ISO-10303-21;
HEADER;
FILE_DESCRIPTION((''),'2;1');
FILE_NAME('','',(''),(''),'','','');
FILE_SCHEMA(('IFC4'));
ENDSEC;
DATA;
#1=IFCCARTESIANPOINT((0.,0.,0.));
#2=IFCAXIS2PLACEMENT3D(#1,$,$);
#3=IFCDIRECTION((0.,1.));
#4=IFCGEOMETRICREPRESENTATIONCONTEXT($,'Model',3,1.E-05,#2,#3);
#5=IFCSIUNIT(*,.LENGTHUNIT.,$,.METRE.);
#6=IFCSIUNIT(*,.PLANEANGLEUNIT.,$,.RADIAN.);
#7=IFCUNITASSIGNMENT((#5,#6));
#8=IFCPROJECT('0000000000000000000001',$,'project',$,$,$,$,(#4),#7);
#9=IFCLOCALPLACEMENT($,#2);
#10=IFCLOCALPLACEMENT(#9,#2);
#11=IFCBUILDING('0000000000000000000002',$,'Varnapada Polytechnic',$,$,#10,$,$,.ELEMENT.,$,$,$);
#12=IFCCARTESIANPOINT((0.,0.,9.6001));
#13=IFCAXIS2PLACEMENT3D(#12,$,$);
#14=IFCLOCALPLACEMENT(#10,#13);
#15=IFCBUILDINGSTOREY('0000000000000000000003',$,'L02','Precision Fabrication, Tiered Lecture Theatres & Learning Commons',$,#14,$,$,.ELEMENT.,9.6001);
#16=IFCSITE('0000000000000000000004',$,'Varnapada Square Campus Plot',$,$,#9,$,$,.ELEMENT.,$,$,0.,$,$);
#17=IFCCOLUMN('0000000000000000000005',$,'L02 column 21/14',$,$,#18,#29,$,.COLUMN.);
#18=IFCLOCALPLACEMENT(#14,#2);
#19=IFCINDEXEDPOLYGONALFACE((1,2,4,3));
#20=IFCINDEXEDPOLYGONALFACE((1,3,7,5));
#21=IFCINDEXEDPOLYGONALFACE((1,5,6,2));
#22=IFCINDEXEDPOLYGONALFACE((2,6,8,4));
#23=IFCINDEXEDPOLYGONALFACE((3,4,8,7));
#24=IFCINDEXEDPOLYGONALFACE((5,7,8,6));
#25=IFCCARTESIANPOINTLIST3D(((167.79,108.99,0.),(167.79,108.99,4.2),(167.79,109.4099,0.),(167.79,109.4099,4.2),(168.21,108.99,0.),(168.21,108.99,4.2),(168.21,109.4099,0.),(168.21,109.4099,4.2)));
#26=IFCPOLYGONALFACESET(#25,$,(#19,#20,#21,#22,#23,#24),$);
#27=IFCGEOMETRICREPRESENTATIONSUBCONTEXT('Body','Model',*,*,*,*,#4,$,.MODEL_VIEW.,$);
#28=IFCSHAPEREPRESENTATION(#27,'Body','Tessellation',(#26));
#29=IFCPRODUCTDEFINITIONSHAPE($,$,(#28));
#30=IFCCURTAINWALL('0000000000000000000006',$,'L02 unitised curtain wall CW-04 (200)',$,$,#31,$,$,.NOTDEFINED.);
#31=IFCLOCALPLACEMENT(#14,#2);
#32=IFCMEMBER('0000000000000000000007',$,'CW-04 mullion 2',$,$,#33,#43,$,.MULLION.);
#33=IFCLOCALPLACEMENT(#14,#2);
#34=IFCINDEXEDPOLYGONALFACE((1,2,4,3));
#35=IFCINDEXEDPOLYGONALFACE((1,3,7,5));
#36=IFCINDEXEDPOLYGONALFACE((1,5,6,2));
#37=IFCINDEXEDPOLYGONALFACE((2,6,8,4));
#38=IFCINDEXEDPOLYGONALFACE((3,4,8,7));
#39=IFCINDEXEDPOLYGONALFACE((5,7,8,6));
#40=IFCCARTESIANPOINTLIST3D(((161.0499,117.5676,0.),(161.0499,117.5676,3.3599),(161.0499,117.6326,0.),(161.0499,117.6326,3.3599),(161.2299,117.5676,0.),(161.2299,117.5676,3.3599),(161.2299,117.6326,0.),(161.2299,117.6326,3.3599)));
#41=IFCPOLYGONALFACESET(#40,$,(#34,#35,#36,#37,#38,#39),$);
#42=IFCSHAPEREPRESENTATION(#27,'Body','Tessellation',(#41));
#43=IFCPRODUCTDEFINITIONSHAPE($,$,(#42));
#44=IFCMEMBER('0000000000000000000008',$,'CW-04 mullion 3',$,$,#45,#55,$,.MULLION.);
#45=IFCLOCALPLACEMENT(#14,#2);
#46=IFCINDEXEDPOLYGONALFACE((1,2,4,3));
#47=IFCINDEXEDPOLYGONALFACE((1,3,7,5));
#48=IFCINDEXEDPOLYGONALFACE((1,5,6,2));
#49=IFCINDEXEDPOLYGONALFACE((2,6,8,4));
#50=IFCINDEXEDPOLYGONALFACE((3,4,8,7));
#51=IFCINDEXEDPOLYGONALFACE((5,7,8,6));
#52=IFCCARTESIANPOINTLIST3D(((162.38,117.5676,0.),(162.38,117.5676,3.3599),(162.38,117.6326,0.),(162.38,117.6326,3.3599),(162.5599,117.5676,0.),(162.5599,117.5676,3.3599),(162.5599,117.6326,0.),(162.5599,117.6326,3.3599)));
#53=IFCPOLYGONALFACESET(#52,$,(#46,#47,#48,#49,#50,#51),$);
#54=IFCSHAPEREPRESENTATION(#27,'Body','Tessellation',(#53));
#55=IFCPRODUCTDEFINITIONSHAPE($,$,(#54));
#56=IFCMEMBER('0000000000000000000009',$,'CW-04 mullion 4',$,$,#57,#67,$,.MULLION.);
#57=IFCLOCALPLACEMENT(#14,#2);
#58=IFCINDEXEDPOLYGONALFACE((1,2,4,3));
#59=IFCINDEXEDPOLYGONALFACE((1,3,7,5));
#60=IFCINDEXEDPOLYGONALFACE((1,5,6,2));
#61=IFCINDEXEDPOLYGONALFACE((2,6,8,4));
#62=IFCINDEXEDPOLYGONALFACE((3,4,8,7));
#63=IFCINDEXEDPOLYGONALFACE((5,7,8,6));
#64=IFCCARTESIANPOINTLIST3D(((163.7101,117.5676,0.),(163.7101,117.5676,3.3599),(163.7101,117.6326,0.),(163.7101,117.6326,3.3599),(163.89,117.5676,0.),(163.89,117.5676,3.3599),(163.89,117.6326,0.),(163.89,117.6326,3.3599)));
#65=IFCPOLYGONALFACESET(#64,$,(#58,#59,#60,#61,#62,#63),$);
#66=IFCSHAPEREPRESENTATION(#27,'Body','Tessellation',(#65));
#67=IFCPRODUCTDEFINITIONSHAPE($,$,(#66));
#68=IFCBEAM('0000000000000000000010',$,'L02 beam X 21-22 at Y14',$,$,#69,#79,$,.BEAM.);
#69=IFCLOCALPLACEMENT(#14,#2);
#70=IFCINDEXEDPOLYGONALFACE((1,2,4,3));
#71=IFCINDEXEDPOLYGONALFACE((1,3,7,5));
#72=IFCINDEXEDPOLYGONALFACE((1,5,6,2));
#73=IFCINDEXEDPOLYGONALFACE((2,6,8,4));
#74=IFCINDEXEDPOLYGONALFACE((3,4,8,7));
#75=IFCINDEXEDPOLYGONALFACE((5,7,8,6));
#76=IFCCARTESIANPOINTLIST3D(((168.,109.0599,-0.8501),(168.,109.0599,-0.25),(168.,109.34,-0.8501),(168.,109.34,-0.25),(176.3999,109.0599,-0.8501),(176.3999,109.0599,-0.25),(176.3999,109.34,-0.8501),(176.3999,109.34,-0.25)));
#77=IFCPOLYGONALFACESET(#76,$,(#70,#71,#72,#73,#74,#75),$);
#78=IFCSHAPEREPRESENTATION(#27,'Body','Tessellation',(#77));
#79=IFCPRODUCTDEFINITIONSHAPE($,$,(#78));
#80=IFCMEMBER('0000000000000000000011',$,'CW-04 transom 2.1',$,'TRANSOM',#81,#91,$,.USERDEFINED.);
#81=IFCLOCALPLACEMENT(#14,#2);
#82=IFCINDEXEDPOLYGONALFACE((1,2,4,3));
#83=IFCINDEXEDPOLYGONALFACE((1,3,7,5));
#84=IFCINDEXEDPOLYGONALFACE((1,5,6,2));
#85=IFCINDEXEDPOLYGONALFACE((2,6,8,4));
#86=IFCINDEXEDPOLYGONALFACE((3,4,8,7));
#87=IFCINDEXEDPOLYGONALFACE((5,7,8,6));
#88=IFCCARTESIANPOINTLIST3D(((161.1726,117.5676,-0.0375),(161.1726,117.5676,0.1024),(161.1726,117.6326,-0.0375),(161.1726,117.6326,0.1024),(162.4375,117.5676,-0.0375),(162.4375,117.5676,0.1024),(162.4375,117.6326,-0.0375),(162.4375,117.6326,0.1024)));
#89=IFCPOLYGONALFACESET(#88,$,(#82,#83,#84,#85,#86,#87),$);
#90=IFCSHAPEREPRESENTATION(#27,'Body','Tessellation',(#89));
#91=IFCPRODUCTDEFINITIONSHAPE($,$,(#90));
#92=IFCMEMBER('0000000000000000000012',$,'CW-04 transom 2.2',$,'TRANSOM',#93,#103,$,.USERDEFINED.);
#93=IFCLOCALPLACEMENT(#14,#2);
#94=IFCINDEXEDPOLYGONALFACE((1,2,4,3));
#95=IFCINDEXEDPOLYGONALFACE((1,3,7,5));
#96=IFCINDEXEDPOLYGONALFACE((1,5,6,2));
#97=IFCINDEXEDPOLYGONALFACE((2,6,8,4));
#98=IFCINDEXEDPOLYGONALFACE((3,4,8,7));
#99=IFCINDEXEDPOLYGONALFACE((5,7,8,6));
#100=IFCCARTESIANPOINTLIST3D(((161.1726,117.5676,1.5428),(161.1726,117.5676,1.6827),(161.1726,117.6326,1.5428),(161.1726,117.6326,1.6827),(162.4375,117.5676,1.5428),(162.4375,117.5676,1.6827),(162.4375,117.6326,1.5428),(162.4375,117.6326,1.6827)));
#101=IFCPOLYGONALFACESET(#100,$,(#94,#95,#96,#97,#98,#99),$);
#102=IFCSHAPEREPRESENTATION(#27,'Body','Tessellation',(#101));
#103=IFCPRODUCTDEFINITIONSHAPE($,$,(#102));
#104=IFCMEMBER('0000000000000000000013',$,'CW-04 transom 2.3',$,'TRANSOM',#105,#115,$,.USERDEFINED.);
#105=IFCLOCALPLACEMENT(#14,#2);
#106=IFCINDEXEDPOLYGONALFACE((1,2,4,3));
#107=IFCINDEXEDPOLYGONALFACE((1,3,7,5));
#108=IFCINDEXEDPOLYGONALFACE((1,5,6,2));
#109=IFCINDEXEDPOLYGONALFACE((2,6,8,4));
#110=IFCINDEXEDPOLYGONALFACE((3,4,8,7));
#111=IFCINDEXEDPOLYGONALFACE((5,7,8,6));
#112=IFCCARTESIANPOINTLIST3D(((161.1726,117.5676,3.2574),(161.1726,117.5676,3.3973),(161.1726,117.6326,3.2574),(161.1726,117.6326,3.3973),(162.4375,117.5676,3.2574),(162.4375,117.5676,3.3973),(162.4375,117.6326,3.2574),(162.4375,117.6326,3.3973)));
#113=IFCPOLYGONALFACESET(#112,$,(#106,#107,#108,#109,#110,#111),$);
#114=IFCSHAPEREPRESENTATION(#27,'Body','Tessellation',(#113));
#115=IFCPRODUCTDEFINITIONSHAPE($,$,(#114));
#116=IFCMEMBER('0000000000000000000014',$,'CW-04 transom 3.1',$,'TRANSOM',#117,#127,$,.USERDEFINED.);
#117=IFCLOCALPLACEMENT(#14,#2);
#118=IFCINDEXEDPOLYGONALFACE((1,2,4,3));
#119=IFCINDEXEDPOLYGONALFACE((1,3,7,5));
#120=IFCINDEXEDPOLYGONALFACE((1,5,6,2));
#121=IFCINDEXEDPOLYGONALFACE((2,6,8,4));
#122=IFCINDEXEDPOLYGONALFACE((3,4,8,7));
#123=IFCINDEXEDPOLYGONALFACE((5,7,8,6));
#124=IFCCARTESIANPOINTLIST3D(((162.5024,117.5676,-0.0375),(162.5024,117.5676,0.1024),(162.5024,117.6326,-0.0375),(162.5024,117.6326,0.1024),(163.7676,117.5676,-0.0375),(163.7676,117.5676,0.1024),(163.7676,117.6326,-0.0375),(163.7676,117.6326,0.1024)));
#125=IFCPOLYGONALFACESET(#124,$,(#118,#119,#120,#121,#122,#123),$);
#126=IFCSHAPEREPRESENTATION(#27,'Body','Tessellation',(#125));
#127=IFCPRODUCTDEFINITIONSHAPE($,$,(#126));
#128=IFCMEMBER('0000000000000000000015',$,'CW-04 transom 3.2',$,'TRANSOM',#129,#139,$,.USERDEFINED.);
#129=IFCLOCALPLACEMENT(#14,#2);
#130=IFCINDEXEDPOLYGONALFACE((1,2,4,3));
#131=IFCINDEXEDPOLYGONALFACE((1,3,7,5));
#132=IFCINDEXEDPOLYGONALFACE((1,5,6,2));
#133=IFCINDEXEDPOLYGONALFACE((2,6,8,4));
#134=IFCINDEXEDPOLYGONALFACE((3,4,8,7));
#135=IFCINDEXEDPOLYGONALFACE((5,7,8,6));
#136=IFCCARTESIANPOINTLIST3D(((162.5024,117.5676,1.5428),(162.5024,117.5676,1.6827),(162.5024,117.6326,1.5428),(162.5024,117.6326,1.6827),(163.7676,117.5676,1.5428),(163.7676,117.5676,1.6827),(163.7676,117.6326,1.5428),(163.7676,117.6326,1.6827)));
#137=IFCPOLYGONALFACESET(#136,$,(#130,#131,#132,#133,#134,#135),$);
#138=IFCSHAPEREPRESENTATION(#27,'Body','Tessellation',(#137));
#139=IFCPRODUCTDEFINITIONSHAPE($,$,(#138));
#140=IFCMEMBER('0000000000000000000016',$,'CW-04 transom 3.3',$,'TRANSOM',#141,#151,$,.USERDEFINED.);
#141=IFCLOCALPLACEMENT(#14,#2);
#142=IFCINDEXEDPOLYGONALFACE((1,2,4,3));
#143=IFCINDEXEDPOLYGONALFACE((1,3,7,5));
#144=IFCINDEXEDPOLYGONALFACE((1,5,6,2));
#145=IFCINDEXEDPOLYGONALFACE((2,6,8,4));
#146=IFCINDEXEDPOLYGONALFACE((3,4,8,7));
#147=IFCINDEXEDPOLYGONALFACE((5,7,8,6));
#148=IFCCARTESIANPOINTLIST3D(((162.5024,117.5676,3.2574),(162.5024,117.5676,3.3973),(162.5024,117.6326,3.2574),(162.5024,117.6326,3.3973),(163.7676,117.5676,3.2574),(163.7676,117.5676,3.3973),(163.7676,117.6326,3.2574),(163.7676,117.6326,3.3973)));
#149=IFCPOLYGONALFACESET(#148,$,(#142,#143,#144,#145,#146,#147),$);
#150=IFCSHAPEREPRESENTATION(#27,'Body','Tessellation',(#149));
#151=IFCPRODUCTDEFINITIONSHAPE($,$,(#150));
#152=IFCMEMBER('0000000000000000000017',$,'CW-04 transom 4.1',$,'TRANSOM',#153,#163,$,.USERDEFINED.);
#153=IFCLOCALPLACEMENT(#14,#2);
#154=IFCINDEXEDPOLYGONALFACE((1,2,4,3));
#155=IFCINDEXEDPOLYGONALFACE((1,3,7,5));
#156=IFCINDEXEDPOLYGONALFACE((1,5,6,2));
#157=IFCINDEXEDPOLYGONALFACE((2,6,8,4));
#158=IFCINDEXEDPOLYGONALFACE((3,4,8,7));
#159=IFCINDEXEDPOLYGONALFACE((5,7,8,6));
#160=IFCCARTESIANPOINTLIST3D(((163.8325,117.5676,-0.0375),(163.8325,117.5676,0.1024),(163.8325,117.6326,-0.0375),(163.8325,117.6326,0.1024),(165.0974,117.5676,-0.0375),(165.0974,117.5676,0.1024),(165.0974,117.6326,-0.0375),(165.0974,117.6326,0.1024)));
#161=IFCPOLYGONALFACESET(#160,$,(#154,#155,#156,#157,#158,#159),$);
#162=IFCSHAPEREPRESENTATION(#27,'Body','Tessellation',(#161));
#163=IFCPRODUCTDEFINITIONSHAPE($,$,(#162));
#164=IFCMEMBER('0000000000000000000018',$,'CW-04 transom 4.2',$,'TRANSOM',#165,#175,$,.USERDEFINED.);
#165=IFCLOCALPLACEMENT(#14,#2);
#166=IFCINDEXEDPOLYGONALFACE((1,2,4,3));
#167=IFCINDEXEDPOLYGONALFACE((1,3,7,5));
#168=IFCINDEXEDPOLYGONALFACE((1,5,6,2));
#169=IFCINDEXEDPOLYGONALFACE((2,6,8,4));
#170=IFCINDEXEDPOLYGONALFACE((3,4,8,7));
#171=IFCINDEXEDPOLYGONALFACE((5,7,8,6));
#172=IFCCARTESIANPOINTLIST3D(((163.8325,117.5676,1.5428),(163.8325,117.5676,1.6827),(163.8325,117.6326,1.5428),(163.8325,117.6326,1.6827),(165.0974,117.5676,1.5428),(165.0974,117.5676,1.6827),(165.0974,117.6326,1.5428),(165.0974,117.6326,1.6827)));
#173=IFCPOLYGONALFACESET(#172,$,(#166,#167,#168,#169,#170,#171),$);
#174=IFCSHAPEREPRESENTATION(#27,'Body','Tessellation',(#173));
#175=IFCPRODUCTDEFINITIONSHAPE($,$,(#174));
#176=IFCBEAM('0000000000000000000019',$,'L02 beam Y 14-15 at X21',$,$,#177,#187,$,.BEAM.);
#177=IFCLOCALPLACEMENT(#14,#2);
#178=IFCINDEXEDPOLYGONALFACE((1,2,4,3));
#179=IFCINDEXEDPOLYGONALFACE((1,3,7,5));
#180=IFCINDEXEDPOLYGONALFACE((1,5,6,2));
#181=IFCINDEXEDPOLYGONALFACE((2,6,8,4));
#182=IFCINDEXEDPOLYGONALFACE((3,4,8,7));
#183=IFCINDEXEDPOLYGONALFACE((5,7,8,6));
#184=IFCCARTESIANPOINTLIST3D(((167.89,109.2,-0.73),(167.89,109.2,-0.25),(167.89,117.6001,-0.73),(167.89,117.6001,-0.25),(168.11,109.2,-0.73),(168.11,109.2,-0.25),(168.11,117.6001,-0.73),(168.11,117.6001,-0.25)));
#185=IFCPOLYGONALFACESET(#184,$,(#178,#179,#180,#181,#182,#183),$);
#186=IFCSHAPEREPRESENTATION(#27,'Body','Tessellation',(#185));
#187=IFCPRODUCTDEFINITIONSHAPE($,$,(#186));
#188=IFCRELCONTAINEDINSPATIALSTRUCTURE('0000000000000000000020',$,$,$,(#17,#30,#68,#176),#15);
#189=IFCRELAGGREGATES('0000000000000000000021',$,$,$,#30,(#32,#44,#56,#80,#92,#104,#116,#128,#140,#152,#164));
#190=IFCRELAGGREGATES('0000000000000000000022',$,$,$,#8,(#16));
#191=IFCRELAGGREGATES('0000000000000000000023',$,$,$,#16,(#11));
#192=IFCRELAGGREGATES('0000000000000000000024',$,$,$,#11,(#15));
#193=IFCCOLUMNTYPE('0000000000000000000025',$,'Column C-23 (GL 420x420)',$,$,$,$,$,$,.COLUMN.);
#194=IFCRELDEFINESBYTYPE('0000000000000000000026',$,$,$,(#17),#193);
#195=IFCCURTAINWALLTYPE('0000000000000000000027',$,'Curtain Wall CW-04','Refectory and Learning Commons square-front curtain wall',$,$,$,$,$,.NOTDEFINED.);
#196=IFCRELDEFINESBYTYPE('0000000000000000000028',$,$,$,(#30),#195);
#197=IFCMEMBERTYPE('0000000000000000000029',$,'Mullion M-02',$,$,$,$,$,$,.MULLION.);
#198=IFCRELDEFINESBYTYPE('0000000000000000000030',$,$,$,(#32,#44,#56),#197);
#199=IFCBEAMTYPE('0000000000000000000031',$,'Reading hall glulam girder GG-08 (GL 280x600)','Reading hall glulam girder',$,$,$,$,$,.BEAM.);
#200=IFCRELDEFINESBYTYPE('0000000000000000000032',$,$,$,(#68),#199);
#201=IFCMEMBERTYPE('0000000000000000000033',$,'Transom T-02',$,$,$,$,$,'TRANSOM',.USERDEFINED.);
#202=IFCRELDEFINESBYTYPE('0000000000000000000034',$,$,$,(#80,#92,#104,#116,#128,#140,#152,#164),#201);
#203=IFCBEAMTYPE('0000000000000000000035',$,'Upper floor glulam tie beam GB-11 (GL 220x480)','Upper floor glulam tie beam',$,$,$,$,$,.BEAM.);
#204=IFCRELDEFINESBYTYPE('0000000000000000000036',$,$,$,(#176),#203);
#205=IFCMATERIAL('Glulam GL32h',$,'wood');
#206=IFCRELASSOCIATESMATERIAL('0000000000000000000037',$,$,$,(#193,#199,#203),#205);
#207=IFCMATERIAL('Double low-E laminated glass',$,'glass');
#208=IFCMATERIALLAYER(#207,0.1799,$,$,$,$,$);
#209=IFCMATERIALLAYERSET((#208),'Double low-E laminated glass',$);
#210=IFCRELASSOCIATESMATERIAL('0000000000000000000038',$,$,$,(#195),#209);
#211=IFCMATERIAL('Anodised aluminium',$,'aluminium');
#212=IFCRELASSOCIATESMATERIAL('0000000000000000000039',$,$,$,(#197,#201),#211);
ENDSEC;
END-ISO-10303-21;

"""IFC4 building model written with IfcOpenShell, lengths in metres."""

from ifc_helpers import new_model, si_unit, direction, frame, origin, origin_2d, place, context, subcontext, project, spatial, rectangle, extrude, material, layer, layer_set, material_profile, profile_set, type_object, element, aggregate, save


model = new_model("IFC4")

# Units and contexts
model_context = context("Model", 3, precision=1e-05, world=origin(), true_north=direction((0.0, 1.0)))
body_context = subcontext(model_context, "Body", "Model", "MODEL_VIEW")
ifc_project = project(units=[si_unit("LENGTHUNIT", "METRE"), si_unit("PLANEANGLEUNIT", "RADIAN")], contexts=[model_context])

# Site, building, storey
site_placement = place(None, origin())
site = spatial("IfcSite", under=ifc_project, at=site_placement, Name="Varnapada Square Campus Plot", CompositionType="ELEMENT", RefElevation=0.0)
building_placement = place(site_placement, origin())
building = spatial("IfcBuilding", under=site, at=building_placement, Name="Varnapada Polytechnic", CompositionType="ELEMENT")
storey_placement = place(building_placement, frame((0.0, 0.0, 9.6001)))
storey = spatial("IfcBuildingStorey", under=building, at=storey_placement, Name="L02", Description="Precision Fabrication, Tiered Lecture Theatres & Learning Commons", CompositionType="ELEMENT", Elevation=9.6001)

# Column
ifc_material_1 = material(Name="Glulam GL32h", Category="wood")
ifc_material_profile_1 = material_profile(ifc_material_1, rectangle(XDim=0.4199, YDim=0.4199, at=origin_2d()), Name="GL 420x420")
ifc_profile_set_1 = profile_set([ifc_material_profile_1], Name="Glulam GL32h")
column_type = type_object("IfcColumnType", Name="Column C-23 (GL 420x420)", PredefinedType="COLUMN", material=ifc_profile_set_1)
column_placement = place(storey_placement, frame((168.0, 109.2, 0.0), z_axis=(0.0, 0.0, 1.0), x_axis=(1.0, 0.0, 0.0)))
element("IfcColumn", 1, at=column_placement, inside=storey, type_object=column_type, Name="L02 column 21/14", PredefinedType="COLUMN", context=body_context, shape_type="SweptSolid", body=[
    extrude(rectangle(XDim=0.4199, YDim=0.4199, at=origin_2d()), origin(), (0.0, 0.0, 1.0), 4.2),
])

# Curtain wall, members
ifc_material_2 = material(Name="Double low-E laminated glass", Category="glass")
ifc_layer_1 = layer(ifc_material_2, 0.1799)
ifc_layer_set_1 = layer_set([ifc_layer_1], Name="Double low-E laminated glass")
curtain_wall_type = type_object("IfcCurtainWallType", Name="Curtain Wall CW-04", Description="Refectory and Learning Commons square-front curtain wall", PredefinedType="NOTDEFINED", material=ifc_layer_set_1)
curtain_wall_placement = place(storey_placement, origin())
curtain_wall = element("IfcCurtainWall", 2, at=curtain_wall_placement, inside=storey, type_object=curtain_wall_type, Name="L02 unitised curtain wall CW-04 (200)", PredefinedType="NOTDEFINED")
ifc_material_3 = material(Name="Anodised aluminium", Category="aluminium")
ifc_material_profile_2 = material_profile(ifc_material_3, rectangle(XDim=0.0649, YDim=0.1799, at=origin_2d()), Name="ALU M65x180")
ifc_profile_set_2 = profile_set([ifc_material_profile_2], Name="Anodised aluminium")
member_type_1 = type_object("IfcMemberType", Name="Mullion M-02", PredefinedType="MULLION", material=ifc_profile_set_2)
member_1_placement = place(storey_placement, frame((161.1399, 117.6001, 0.0), z_axis=(0.0, 0.0, 1.0), x_axis=(0.0, 1.0, 0.0)))
member_1 = element("IfcMember", 3, at=member_1_placement, type_object=member_type_1, Name="CW-04 mullion 2", PredefinedType="MULLION", context=body_context, shape_type="SweptSolid", body=[
    extrude(rectangle(XDim=0.0649, YDim=0.1799, at=origin_2d()), origin(), (0.0, 0.0, 1.0), 3.3599),
])
member_2_placement = place(storey_placement, frame((162.47, 117.6001, 0.0), z_axis=(0.0, 0.0, 1.0), x_axis=(0.0, 1.0, 0.0)))
member_2 = element("IfcMember", 4, at=member_2_placement, type_object=member_type_1, Name="CW-04 mullion 3", PredefinedType="MULLION", context=body_context, shape_type="SweptSolid", body=[
    extrude(rectangle(XDim=0.0649, YDim=0.1799, at=origin_2d()), origin(), (0.0, 0.0, 1.0), 3.3599),
])
member_3_placement = place(storey_placement, frame((163.8, 117.6001, 0.0), z_axis=(0.0, 0.0, 1.0), x_axis=(0.0, 1.0, 0.0)))
member_3 = element("IfcMember", 5, at=member_3_placement, type_object=member_type_1, Name="CW-04 mullion 4", PredefinedType="MULLION", context=body_context, shape_type="SweptSolid", body=[
    extrude(rectangle(XDim=0.0649, YDim=0.1799, at=origin_2d()), origin(), (0.0, 0.0, 1.0), 3.3599),
])

# Beam
ifc_material_profile_3 = material_profile(ifc_material_1, rectangle(XDim=0.28, YDim=0.6001, at=origin_2d()), Name="GL 280x600")
ifc_profile_set_3 = profile_set([ifc_material_profile_3], Name="Glulam GL32h")
beam_type_1 = type_object("IfcBeamType", Name="Reading hall glulam girder GG-08 (GL 280x600)", Description="Reading hall glulam girder", PredefinedType="BEAM", material=ifc_profile_set_3)
beam_1_placement = place(storey_placement, frame((168.0, 109.2, -0.55), z_axis=(1.0, 0.0, 0.0), x_axis=(0.0, 1.0, 0.0)))
element("IfcBeam", 6, at=beam_1_placement, inside=storey, type_object=beam_type_1, Name="L02 beam X 21-22 at Y14", PredefinedType="BEAM", context=body_context, shape_type="SweptSolid", body=[
    extrude(rectangle(XDim=0.28, YDim=0.6001, at=origin_2d()), origin(), (0.0, 0.0, 1.0), 8.3999),
])

# Members
ifc_material_profile_4 = material_profile(ifc_material_3, rectangle(XDim=0.0649, YDim=0.1399, at=origin_2d()), Name="ALU T65x140")
ifc_profile_set_4 = profile_set([ifc_material_profile_4], Name="Anodised aluminium")
member_type_2 = type_object("IfcMemberType", Name="Transom T-02", ElementType="TRANSOM", PredefinedType="USERDEFINED", material=ifc_profile_set_4)
member_4_placement = place(storey_placement, frame((161.1726, 117.6001, 0.0325), z_axis=(1.0, 0.0, 0.0), x_axis=(0.0, 1.0, 0.0)))
member_4 = element("IfcMember", 7, at=member_4_placement, type_object=member_type_2, Name="CW-04 transom 2.1", ObjectType="TRANSOM", PredefinedType="USERDEFINED", context=body_context, shape_type="SweptSolid", body=[
    extrude(rectangle(XDim=0.0649, YDim=0.1399, at=origin_2d()), origin(), (0.0, 0.0, 1.0), 1.2649),
])
member_5_placement = place(storey_placement, frame((161.1726, 117.6001, 1.6128), z_axis=(1.0, 0.0, 0.0), x_axis=(0.0, 1.0, 0.0)))
member_5 = element("IfcMember", 8, at=member_5_placement, type_object=member_type_2, Name="CW-04 transom 2.2", ObjectType="TRANSOM", PredefinedType="USERDEFINED", context=body_context, shape_type="SweptSolid", body=[
    extrude(rectangle(XDim=0.0649, YDim=0.1399, at=origin_2d()), origin(), (0.0, 0.0, 1.0), 1.2649),
])
member_6_placement = place(storey_placement, frame((161.1726, 117.6001, 3.3274), z_axis=(1.0, 0.0, 0.0), x_axis=(0.0, 1.0, 0.0)))
member_6 = element("IfcMember", 9, at=member_6_placement, type_object=member_type_2, Name="CW-04 transom 2.3", ObjectType="TRANSOM", PredefinedType="USERDEFINED", context=body_context, shape_type="SweptSolid", body=[
    extrude(rectangle(XDim=0.0649, YDim=0.1399, at=origin_2d()), origin(), (0.0, 0.0, 1.0), 1.2649),
])
member_7_placement = place(storey_placement, frame((162.5024, 117.6001, 0.0325), z_axis=(1.0, 0.0, 0.0), x_axis=(0.0, 1.0, 0.0)))
member_7 = element("IfcMember", 10, at=member_7_placement, type_object=member_type_2, Name="CW-04 transom 3.1", ObjectType="TRANSOM", PredefinedType="USERDEFINED", context=body_context, shape_type="SweptSolid", body=[
    extrude(rectangle(XDim=0.0649, YDim=0.1399, at=origin_2d()), origin(), (0.0, 0.0, 1.0), 1.2651),
])
member_8_placement = place(storey_placement, frame((162.5024, 117.6001, 1.6128), z_axis=(1.0, 0.0, 0.0), x_axis=(0.0, 1.0, 0.0)))
member_8 = element("IfcMember", 11, at=member_8_placement, type_object=member_type_2, Name="CW-04 transom 3.2", ObjectType="TRANSOM", PredefinedType="USERDEFINED", context=body_context, shape_type="SweptSolid", body=[
    extrude(rectangle(XDim=0.0649, YDim=0.1399, at=origin_2d()), origin(), (0.0, 0.0, 1.0), 1.2651),
])
member_9_placement = place(storey_placement, frame((162.5024, 117.6001, 3.3274), z_axis=(1.0, 0.0, 0.0), x_axis=(0.0, 1.0, 0.0)))
member_9 = element("IfcMember", 12, at=member_9_placement, type_object=member_type_2, Name="CW-04 transom 3.3", ObjectType="TRANSOM", PredefinedType="USERDEFINED", context=body_context, shape_type="SweptSolid", body=[
    extrude(rectangle(XDim=0.0649, YDim=0.1399, at=origin_2d()), origin(), (0.0, 0.0, 1.0), 1.2651),
])
member_10_placement = place(storey_placement, frame((163.8325, 117.6001, 0.0325), z_axis=(1.0, 0.0, 0.0), x_axis=(0.0, 1.0, 0.0)))
member_10 = element("IfcMember", 13, at=member_10_placement, type_object=member_type_2, Name="CW-04 transom 4.1", ObjectType="TRANSOM", PredefinedType="USERDEFINED", context=body_context, shape_type="SweptSolid", body=[
    extrude(rectangle(XDim=0.0649, YDim=0.1399, at=origin_2d()), origin(), (0.0, 0.0, 1.0), 1.2649),
])
member_11_placement = place(storey_placement, frame((163.8325, 117.6001, 1.6128), z_axis=(1.0, 0.0, 0.0), x_axis=(0.0, 1.0, 0.0)))
member_11 = element("IfcMember", 14, at=member_11_placement, type_object=member_type_2, Name="CW-04 transom 4.2", ObjectType="TRANSOM", PredefinedType="USERDEFINED", context=body_context, shape_type="SweptSolid", body=[
    extrude(rectangle(XDim=0.0649, YDim=0.1399, at=origin_2d()), origin(), (0.0, 0.0, 1.0), 1.2649),
])

# Beam
ifc_material_profile_5 = material_profile(ifc_material_1, rectangle(XDim=0.22, YDim=0.48, at=origin_2d()), Name="GL 220x480")
ifc_profile_set_5 = profile_set([ifc_material_profile_5], Name="Glulam GL32h")
beam_type_2 = type_object("IfcBeamType", Name="Upper floor glulam tie beam GB-11 (GL 220x480)", Description="Upper floor glulam tie beam", PredefinedType="BEAM", material=ifc_profile_set_5)
beam_2_placement = place(storey_placement, frame((168.0, 109.2, -0.49), z_axis=(0.0, 1.0, 0.0), x_axis=(-1.0, 0.0, 0.0)))
element("IfcBeam", 15, at=beam_2_placement, inside=storey, type_object=beam_type_2, Name="L02 beam Y 14-15 at X21", PredefinedType="BEAM", context=body_context, shape_type="SweptSolid", body=[
    extrude(rectangle(XDim=0.22, YDim=0.48, at=origin_2d()), origin(), (0.0, 0.0, 1.0), 8.4001),
])

aggregate(curtain_wall, [member_1, member_2, member_3, member_4, member_5, member_6, member_7, member_8, member_9, member_10, member_11])

save(model, "model.ifc")
